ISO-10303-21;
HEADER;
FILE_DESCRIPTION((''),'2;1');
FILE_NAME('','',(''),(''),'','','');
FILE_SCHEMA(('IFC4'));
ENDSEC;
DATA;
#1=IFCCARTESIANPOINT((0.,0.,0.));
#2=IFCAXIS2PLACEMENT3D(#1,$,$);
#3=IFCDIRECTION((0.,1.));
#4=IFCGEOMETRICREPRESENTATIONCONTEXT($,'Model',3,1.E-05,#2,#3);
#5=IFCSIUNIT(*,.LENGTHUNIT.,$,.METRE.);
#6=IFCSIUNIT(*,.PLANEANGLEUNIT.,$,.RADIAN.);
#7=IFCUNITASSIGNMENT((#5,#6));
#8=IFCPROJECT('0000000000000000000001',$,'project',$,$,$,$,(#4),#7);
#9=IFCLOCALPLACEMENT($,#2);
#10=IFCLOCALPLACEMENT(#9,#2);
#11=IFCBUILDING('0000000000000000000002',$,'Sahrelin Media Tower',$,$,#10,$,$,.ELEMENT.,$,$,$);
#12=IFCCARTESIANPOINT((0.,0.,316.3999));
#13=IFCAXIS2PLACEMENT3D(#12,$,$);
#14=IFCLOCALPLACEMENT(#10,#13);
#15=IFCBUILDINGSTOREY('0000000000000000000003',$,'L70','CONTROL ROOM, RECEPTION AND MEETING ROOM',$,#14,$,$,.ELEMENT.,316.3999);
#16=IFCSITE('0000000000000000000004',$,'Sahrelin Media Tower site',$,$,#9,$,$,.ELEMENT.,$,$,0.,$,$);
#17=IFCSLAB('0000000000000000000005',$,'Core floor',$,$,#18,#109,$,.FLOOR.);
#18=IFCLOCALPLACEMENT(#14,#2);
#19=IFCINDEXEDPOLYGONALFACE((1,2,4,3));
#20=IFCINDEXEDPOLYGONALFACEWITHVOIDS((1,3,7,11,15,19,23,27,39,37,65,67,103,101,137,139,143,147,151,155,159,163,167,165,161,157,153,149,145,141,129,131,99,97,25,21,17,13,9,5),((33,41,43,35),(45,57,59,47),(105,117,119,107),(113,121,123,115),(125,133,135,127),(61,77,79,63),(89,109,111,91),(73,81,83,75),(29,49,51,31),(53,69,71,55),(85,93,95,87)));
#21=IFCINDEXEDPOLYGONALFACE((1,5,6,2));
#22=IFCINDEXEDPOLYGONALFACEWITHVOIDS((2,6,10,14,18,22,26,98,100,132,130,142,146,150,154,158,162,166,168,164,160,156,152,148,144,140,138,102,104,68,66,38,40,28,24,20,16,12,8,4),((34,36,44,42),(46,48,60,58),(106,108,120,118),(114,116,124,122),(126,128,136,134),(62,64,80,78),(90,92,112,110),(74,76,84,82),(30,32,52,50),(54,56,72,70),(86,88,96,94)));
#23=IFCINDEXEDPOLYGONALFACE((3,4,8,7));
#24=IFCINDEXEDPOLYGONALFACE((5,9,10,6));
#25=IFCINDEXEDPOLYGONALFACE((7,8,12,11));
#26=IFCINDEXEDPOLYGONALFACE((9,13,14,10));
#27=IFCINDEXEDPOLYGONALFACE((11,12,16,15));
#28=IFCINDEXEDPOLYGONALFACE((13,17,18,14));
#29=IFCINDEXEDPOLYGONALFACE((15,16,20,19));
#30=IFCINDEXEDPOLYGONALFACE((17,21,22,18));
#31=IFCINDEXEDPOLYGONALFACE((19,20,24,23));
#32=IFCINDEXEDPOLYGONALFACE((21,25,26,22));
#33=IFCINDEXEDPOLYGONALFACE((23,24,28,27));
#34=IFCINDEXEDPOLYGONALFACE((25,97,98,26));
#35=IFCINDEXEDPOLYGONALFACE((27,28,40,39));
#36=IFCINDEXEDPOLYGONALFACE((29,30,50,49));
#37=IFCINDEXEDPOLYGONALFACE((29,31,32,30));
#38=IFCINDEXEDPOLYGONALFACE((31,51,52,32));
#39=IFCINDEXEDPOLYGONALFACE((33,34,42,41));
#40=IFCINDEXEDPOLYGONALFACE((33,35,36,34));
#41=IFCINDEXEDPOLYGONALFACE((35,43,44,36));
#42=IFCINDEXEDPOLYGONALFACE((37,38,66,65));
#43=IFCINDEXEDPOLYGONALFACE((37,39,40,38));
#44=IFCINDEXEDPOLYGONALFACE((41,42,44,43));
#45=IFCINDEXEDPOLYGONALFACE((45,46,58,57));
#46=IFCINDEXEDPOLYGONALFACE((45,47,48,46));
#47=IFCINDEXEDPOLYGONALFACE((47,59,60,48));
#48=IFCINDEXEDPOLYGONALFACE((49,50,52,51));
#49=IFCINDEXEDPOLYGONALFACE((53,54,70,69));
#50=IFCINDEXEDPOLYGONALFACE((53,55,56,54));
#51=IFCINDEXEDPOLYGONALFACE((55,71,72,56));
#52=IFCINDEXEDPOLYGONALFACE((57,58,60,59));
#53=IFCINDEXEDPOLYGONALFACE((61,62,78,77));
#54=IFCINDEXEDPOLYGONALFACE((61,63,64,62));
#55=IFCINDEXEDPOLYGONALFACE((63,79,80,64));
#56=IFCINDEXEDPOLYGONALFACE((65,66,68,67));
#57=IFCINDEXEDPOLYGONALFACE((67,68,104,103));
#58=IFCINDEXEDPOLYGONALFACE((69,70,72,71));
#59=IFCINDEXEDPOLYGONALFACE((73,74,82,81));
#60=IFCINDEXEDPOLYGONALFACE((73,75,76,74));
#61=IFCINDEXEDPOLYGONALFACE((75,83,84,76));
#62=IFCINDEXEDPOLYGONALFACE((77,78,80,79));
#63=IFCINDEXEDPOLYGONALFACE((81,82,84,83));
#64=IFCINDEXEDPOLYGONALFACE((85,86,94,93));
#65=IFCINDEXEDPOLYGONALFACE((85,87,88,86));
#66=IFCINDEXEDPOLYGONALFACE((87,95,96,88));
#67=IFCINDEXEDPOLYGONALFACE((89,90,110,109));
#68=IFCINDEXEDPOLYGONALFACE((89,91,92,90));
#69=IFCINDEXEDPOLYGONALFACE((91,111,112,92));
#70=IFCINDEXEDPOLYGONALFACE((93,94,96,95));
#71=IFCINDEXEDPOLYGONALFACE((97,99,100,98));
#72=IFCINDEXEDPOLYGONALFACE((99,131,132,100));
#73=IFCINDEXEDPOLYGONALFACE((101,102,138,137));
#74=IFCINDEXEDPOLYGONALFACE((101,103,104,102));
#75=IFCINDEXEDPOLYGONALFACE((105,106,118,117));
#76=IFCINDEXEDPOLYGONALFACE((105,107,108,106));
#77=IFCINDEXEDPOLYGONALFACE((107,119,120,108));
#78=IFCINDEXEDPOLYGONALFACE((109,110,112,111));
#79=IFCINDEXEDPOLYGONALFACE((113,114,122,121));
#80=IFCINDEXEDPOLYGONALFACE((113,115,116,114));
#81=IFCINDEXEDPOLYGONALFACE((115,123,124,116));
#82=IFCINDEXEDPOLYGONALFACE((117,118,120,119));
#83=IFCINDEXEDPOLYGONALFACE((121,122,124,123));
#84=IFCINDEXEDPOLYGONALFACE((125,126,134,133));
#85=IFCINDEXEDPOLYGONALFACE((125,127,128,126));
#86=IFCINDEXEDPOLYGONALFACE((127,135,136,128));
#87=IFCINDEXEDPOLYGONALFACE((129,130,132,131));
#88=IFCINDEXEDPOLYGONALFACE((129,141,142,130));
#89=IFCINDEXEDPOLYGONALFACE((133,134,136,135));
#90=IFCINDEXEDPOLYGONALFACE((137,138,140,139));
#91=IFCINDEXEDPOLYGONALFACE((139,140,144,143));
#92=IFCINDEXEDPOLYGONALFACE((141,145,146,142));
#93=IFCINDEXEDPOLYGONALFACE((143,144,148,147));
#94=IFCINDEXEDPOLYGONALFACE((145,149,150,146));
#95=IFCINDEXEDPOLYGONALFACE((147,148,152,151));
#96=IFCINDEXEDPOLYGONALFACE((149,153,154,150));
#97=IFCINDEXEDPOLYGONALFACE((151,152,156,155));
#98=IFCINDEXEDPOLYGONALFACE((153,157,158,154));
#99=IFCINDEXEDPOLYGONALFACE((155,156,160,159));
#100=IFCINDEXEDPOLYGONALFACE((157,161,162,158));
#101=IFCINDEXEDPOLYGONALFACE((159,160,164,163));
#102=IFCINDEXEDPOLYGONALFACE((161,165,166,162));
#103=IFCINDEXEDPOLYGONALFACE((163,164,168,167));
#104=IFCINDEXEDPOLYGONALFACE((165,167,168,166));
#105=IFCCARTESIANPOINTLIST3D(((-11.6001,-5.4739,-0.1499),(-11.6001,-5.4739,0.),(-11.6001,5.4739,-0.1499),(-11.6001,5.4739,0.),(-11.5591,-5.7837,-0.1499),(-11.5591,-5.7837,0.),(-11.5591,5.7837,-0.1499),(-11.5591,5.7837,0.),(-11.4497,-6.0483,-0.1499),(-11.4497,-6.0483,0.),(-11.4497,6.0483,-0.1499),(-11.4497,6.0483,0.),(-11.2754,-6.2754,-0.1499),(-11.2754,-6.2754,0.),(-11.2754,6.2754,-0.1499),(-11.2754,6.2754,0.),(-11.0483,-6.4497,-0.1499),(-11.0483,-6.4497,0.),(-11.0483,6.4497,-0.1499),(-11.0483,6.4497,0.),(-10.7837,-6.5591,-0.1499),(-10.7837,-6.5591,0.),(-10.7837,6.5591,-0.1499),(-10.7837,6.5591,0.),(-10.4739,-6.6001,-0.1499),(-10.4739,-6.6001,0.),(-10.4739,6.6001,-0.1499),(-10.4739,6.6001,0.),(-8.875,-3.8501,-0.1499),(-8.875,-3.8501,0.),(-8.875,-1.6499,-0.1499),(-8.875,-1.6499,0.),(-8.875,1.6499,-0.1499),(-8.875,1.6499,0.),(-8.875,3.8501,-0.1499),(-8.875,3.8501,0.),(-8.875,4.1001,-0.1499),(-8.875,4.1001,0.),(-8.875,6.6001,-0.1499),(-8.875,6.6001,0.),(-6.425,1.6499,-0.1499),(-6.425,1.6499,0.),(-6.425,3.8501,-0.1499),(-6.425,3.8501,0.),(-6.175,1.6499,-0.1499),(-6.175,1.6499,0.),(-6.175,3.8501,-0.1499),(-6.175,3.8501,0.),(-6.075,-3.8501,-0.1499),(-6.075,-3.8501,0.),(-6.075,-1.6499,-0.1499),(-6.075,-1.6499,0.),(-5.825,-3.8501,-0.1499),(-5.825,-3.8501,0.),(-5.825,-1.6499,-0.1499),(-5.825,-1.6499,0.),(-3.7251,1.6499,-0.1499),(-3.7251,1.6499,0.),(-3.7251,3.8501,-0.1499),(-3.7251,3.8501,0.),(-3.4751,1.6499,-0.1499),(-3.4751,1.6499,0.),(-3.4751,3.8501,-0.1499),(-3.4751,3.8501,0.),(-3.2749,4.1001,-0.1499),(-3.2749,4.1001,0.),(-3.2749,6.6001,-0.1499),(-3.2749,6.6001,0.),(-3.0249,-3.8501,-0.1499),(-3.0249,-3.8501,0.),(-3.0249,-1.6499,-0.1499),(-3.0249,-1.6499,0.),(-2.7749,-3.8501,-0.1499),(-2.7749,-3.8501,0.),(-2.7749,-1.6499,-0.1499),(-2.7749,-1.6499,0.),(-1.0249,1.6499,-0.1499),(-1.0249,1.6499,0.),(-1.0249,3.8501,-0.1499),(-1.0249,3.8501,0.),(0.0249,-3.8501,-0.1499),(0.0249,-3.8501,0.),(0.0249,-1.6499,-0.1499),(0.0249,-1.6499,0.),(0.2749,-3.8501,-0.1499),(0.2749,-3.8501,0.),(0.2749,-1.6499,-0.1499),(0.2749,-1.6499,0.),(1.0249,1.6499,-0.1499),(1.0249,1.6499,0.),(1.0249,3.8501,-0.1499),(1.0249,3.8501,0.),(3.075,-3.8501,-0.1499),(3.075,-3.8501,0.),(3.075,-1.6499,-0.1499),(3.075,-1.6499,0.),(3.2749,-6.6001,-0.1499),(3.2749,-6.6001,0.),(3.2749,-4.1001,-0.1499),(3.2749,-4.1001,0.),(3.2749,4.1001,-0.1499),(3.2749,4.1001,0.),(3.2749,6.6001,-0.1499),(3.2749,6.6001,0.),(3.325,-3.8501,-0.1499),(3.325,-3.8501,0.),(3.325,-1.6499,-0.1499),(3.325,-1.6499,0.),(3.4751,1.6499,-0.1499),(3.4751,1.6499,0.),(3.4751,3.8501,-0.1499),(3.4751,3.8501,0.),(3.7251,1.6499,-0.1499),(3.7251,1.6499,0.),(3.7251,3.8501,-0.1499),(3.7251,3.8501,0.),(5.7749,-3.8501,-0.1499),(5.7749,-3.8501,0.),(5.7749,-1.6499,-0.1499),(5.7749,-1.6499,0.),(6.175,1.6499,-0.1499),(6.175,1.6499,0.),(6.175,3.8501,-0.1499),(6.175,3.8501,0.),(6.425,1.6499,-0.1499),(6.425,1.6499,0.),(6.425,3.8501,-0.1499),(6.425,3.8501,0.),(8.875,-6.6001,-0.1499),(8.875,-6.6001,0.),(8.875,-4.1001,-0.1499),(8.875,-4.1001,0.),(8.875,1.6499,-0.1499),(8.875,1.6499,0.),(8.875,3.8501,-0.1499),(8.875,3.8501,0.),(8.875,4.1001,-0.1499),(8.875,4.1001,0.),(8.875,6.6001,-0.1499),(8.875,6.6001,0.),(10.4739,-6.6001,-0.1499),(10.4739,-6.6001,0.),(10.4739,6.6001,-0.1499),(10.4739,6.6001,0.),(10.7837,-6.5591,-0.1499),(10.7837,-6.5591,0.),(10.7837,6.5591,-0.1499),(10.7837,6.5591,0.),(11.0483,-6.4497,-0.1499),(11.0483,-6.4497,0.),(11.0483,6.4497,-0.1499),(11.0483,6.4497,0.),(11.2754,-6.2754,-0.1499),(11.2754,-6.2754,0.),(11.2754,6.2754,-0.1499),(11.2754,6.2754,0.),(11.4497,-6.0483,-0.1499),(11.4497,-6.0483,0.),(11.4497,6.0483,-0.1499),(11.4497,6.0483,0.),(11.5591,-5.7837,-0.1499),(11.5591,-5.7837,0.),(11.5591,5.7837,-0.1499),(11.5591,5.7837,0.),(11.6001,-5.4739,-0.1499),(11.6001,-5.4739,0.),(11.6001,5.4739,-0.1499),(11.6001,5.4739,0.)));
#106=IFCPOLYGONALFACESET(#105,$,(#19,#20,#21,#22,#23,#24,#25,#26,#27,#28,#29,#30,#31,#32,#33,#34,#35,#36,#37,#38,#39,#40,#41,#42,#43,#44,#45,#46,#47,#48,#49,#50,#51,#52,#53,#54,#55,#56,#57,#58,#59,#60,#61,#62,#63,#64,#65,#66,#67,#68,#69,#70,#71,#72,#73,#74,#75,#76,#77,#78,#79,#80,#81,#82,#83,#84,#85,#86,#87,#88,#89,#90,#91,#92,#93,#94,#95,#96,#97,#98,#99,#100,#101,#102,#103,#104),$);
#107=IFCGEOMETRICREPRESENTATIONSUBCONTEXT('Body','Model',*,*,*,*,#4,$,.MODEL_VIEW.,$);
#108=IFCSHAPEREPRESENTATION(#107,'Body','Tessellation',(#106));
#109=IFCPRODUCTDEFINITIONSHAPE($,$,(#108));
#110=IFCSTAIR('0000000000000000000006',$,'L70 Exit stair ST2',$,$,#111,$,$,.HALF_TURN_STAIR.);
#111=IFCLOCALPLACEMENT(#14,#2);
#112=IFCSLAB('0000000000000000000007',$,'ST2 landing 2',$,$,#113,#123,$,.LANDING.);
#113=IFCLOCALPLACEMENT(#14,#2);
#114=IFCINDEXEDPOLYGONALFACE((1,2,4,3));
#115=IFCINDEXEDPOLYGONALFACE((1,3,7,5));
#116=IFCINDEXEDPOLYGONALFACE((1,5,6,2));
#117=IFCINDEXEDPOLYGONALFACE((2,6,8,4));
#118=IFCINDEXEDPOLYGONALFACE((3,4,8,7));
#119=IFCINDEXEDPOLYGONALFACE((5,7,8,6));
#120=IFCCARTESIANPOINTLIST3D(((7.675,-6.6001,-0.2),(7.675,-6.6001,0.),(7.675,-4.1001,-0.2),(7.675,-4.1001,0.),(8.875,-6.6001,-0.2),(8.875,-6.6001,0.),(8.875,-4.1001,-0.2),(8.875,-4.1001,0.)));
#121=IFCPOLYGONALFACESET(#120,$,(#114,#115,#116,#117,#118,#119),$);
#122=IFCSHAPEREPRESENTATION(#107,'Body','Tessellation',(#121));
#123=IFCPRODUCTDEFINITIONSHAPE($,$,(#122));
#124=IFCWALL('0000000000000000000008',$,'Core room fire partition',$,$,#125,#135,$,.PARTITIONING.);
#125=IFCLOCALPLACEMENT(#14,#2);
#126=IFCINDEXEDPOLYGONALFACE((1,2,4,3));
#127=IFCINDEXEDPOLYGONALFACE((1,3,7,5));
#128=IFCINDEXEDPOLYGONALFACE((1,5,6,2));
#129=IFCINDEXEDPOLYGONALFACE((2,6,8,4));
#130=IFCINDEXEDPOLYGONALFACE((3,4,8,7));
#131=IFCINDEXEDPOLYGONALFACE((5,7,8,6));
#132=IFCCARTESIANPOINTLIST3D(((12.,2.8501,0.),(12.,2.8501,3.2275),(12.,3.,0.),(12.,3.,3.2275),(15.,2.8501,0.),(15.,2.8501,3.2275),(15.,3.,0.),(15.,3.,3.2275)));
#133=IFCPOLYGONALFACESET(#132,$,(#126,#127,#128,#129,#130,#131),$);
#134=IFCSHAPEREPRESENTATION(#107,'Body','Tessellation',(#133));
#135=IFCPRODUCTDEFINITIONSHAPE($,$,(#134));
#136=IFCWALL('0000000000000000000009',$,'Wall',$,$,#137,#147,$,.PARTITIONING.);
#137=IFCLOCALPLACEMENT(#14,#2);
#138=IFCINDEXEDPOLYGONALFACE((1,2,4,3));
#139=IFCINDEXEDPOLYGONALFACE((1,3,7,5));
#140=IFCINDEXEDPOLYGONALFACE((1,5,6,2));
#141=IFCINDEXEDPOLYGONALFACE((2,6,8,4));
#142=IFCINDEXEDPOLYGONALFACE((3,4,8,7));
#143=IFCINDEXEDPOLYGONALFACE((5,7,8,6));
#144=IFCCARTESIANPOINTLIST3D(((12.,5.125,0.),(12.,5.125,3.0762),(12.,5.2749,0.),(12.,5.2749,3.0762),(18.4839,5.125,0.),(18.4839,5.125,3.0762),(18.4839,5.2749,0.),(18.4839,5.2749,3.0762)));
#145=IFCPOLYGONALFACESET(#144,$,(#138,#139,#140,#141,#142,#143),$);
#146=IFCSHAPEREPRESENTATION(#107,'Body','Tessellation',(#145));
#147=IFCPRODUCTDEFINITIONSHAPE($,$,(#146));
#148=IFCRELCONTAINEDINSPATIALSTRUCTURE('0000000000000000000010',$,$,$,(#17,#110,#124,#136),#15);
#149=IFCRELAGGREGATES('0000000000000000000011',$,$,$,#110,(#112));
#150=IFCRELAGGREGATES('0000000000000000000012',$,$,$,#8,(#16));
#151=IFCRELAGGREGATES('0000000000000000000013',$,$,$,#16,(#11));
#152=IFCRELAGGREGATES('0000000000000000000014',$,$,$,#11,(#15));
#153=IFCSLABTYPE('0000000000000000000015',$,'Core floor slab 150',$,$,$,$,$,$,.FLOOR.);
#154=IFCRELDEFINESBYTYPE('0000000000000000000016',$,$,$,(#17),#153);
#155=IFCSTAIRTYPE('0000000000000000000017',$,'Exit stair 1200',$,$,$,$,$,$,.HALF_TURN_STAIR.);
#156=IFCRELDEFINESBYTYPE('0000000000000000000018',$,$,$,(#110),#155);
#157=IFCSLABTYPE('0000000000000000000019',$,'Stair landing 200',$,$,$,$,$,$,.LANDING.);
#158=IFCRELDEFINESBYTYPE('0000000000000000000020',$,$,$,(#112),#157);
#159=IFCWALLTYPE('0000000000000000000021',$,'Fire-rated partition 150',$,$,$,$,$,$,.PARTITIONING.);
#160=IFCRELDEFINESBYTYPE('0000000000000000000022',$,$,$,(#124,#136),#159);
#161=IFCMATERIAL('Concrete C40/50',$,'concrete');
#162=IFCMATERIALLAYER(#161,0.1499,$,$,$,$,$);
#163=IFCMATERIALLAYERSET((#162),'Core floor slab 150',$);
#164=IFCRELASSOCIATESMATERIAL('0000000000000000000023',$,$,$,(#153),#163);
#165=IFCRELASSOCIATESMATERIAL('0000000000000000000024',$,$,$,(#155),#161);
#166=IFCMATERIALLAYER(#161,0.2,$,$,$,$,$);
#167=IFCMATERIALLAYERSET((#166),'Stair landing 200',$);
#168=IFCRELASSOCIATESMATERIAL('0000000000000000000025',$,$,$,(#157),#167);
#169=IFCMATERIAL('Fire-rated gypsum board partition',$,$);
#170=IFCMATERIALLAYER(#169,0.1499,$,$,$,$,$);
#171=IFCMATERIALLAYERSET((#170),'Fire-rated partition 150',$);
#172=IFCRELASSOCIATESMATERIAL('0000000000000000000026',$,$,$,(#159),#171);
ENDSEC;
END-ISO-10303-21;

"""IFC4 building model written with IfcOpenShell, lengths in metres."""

from ifc_helpers import new_model, si_unit, direction, frame, frame_2d, origin, place, context, subcontext, project, spatial, polyline, rectangle, outline, extrude, material, layer, layer_set, type_object, element, aggregate, save


model = new_model("IFC4")

# Units and contexts
model_context = context("Model", 3, precision=1e-05, world=origin(), true_north=direction((0.0, 1.0)))
body_context = subcontext(model_context, "Body", "Model", "MODEL_VIEW")
ifc_project = project(units=[si_unit("LENGTHUNIT", "METRE"), si_unit("PLANEANGLEUNIT", "RADIAN")], contexts=[model_context])

# Site, building, storey
site_placement = place(None, origin())
site = spatial("IfcSite", under=ifc_project, at=site_placement, Name="Sahrelin Media Tower site", CompositionType="ELEMENT", RefElevation=0.0)
building_placement = place(site_placement, origin())
building = spatial("IfcBuilding", under=site, at=building_placement, Name="Sahrelin Media Tower", CompositionType="ELEMENT")
storey_placement = place(building_placement, frame((0.0, 0.0, 316.3999)))
storey = spatial("IfcBuildingStorey", under=building, at=storey_placement, Name="L70", Description="CONTROL ROOM, RECEPTION AND MEETING ROOM", CompositionType="ELEMENT", Elevation=316.3999)

# Slab
ifc_material_1 = material(Name="Concrete C40/50", Category="concrete")
ifc_layer_1 = layer(ifc_material_1, 0.1499)
ifc_layer_set_1 = layer_set([ifc_layer_1], Name="Core floor slab 150")
slab_type_1 = type_object("IfcSlabType", Name="Core floor slab 150", PredefinedType="FLOOR", material=ifc_layer_set_1)
slab_1_placement = place(storey_placement, frame((0.0, 0.0, -0.1499)))
element("IfcSlab", 1, at=slab_1_placement, inside=storey, type_object=slab_type_1, Name="Core floor", PredefinedType="FLOOR", context=body_context, shape_type="SweptSolid", body=[
    extrude(outline(polyline([(-11.6001, -5.4739), (-11.5591, -5.7837), (-11.4497, -6.0483), (-11.2754, -6.2754), (-11.0483, -6.4497), (-10.7837, -6.5591), (-10.4739, -6.6001), (3.2749, -6.6001), (3.2749, -4.1001), (8.875, -4.1001), (8.875, -6.6001), (10.4739, -6.6001), (10.7837, -6.5591), (11.0483, -6.4497), (11.2754, -6.2754), (11.4497, -6.0483), (11.5591, -5.7837), (11.6001, -5.4739), (11.6001, 5.4739), (11.5591, 5.7837), (11.4497, 6.0483), (11.2754, 6.2754), (11.0483, 6.4497), (10.7837, 6.5591), (10.4739, 6.6001), (8.875, 6.6001), (8.875, 4.1001), (3.2749, 4.1001), (3.2749, 6.6001), (-3.2749, 6.6001), (-3.2749, 4.1001), (-8.875, 4.1001), (-8.875, 6.6001), (-10.4739, 6.6001), (-10.7837, 6.5591), (-11.0483, 6.4497), (-11.2754, 6.2754), (-11.4497, 6.0483), (-11.5591, 5.7837), (-11.6001, 5.4739), (-11.6001, -5.4739)]), holes=[polyline([(-8.875, 3.8501), (-8.875, 1.6499), (-6.425, 1.6499), (-6.425, 3.8501), (-8.875, 3.8501)]), polyline([(-3.7251, 3.8501), (-6.175, 3.8501), (-6.175, 1.6499), (-3.7251, 1.6499), (-3.7251, 3.8501)]), polyline([(-1.0249, 1.6499), (-1.0249, 3.8501), (-3.4751, 3.8501), (-3.4751, 1.6499), (-1.0249, 1.6499)]), polyline([(1.0249, 1.6499), (3.4751, 1.6499), (3.4751, 3.8501), (1.0249, 3.8501), (1.0249, 1.6499)]), polyline([(3.7251, 3.8501), (3.7251, 1.6499), (6.175, 1.6499), (6.175, 3.8501), (3.7251, 3.8501)]), polyline([(8.875, 3.8501), (6.425, 3.8501), (6.425, 1.6499), (8.875, 1.6499), (8.875, 3.8501)]), polyline([(-6.075, -3.8501), (-6.075, -1.6499), (-8.875, -1.6499), (-8.875, -3.8501), (-6.075, -3.8501)]), polyline([(-5.825, -3.8501), (-3.0249, -3.8501), (-3.0249, -1.6499), (-5.825, -1.6499), (-5.825, -3.8501)]), polyline([(-2.7749, -1.6499), (-2.7749, -3.8501), (0.0249, -3.8501), (0.0249, -1.6499), (-2.7749, -1.6499)]), polyline([(3.075, -1.6499), (0.2749, -1.6499), (0.2749, -3.8501), (3.075, -3.8501), (3.075, -1.6499)]), polyline([(5.7749, -3.8501), (5.7749, -1.6499), (3.325, -1.6499), (3.325, -3.8501), (5.7749, -3.8501)])]), origin(), (0.0, 0.0, 1.0), 0.1499),
])

# Stair, slab
stair_type = type_object("IfcStairType", Name="Exit stair 1200", PredefinedType="HALF_TURN_STAIR", material=ifc_material_1)
stair_placement = place(storey_placement, origin())
stair = element("IfcStair", 2, at=stair_placement, inside=storey, type_object=stair_type, Name="L70 Exit stair ST2", PredefinedType="HALF_TURN_STAIR")
ifc_layer_2 = layer(ifc_material_1, 0.2)
ifc_layer_set_2 = layer_set([ifc_layer_2], Name="Stair landing 200")
slab_type_2 = type_object("IfcSlabType", Name="Stair landing 200", PredefinedType="LANDING", material=ifc_layer_set_2)
slab_2_placement = place(storey_placement, frame((0.0, 0.0, -0.2)))
slab_2 = element("IfcSlab", 3, at=slab_2_placement, type_object=slab_type_2, Name="ST2 landing 2", PredefinedType="LANDING", context=body_context, shape_type="SweptSolid", body=[
    extrude(outline(polyline([(8.875, -4.1001), (7.675, -4.1001), (7.675, -6.6001), (8.875, -6.6001), (8.875, -4.1001)])), origin(), (0.0, 0.0, 1.0), 0.2),
])
aggregate(stair, [slab_2])

# Walls
ifc_material_2 = material(Name="Fire-rated gypsum board partition")
ifc_layer_3 = layer(ifc_material_2, 0.1499)
ifc_layer_set_3 = layer_set([ifc_layer_3], Name="Fire-rated partition 150")
wall_type_1 = type_object("IfcWallType", Name="Fire-rated partition 150", PredefinedType="PARTITIONING", material=ifc_layer_set_3)
wall_1_placement = place(storey_placement, frame((12.0, 2.925, 0.0), z_axis=(0.0, 0.0, 1.0), x_axis=(1.0, 0.0, 0.0)))
element("IfcWall", 4, at=wall_1_placement, inside=storey, type_object=wall_type_1, Name="Core room fire partition", PredefinedType="PARTITIONING", context=body_context, shape_type="SweptSolid", body=[
    extrude(rectangle(XDim=3.0, YDim=0.1499, at=frame_2d((1.5, 0.0))), origin(), (0.0, 0.0, 1.0), 3.2275),
])
wall_2_placement = place(storey_placement, frame((12.0, 5.2, 0.0), z_axis=(0.0, 0.0, 1.0), x_axis=(1.0, 0.0, 0.0)))
element("IfcWall", 5, at=wall_2_placement, inside=storey, type_object=wall_type_1, Name="Wall", PredefinedType="PARTITIONING", context=body_context, shape_type="SweptSolid", body=[
    extrude(rectangle(XDim=6.4839, YDim=0.1499, at=frame_2d((3.2419, 0.0))), origin(), (0.0, 0.0, 1.0), 3.0762),
])

save(model, "model.ifc")
